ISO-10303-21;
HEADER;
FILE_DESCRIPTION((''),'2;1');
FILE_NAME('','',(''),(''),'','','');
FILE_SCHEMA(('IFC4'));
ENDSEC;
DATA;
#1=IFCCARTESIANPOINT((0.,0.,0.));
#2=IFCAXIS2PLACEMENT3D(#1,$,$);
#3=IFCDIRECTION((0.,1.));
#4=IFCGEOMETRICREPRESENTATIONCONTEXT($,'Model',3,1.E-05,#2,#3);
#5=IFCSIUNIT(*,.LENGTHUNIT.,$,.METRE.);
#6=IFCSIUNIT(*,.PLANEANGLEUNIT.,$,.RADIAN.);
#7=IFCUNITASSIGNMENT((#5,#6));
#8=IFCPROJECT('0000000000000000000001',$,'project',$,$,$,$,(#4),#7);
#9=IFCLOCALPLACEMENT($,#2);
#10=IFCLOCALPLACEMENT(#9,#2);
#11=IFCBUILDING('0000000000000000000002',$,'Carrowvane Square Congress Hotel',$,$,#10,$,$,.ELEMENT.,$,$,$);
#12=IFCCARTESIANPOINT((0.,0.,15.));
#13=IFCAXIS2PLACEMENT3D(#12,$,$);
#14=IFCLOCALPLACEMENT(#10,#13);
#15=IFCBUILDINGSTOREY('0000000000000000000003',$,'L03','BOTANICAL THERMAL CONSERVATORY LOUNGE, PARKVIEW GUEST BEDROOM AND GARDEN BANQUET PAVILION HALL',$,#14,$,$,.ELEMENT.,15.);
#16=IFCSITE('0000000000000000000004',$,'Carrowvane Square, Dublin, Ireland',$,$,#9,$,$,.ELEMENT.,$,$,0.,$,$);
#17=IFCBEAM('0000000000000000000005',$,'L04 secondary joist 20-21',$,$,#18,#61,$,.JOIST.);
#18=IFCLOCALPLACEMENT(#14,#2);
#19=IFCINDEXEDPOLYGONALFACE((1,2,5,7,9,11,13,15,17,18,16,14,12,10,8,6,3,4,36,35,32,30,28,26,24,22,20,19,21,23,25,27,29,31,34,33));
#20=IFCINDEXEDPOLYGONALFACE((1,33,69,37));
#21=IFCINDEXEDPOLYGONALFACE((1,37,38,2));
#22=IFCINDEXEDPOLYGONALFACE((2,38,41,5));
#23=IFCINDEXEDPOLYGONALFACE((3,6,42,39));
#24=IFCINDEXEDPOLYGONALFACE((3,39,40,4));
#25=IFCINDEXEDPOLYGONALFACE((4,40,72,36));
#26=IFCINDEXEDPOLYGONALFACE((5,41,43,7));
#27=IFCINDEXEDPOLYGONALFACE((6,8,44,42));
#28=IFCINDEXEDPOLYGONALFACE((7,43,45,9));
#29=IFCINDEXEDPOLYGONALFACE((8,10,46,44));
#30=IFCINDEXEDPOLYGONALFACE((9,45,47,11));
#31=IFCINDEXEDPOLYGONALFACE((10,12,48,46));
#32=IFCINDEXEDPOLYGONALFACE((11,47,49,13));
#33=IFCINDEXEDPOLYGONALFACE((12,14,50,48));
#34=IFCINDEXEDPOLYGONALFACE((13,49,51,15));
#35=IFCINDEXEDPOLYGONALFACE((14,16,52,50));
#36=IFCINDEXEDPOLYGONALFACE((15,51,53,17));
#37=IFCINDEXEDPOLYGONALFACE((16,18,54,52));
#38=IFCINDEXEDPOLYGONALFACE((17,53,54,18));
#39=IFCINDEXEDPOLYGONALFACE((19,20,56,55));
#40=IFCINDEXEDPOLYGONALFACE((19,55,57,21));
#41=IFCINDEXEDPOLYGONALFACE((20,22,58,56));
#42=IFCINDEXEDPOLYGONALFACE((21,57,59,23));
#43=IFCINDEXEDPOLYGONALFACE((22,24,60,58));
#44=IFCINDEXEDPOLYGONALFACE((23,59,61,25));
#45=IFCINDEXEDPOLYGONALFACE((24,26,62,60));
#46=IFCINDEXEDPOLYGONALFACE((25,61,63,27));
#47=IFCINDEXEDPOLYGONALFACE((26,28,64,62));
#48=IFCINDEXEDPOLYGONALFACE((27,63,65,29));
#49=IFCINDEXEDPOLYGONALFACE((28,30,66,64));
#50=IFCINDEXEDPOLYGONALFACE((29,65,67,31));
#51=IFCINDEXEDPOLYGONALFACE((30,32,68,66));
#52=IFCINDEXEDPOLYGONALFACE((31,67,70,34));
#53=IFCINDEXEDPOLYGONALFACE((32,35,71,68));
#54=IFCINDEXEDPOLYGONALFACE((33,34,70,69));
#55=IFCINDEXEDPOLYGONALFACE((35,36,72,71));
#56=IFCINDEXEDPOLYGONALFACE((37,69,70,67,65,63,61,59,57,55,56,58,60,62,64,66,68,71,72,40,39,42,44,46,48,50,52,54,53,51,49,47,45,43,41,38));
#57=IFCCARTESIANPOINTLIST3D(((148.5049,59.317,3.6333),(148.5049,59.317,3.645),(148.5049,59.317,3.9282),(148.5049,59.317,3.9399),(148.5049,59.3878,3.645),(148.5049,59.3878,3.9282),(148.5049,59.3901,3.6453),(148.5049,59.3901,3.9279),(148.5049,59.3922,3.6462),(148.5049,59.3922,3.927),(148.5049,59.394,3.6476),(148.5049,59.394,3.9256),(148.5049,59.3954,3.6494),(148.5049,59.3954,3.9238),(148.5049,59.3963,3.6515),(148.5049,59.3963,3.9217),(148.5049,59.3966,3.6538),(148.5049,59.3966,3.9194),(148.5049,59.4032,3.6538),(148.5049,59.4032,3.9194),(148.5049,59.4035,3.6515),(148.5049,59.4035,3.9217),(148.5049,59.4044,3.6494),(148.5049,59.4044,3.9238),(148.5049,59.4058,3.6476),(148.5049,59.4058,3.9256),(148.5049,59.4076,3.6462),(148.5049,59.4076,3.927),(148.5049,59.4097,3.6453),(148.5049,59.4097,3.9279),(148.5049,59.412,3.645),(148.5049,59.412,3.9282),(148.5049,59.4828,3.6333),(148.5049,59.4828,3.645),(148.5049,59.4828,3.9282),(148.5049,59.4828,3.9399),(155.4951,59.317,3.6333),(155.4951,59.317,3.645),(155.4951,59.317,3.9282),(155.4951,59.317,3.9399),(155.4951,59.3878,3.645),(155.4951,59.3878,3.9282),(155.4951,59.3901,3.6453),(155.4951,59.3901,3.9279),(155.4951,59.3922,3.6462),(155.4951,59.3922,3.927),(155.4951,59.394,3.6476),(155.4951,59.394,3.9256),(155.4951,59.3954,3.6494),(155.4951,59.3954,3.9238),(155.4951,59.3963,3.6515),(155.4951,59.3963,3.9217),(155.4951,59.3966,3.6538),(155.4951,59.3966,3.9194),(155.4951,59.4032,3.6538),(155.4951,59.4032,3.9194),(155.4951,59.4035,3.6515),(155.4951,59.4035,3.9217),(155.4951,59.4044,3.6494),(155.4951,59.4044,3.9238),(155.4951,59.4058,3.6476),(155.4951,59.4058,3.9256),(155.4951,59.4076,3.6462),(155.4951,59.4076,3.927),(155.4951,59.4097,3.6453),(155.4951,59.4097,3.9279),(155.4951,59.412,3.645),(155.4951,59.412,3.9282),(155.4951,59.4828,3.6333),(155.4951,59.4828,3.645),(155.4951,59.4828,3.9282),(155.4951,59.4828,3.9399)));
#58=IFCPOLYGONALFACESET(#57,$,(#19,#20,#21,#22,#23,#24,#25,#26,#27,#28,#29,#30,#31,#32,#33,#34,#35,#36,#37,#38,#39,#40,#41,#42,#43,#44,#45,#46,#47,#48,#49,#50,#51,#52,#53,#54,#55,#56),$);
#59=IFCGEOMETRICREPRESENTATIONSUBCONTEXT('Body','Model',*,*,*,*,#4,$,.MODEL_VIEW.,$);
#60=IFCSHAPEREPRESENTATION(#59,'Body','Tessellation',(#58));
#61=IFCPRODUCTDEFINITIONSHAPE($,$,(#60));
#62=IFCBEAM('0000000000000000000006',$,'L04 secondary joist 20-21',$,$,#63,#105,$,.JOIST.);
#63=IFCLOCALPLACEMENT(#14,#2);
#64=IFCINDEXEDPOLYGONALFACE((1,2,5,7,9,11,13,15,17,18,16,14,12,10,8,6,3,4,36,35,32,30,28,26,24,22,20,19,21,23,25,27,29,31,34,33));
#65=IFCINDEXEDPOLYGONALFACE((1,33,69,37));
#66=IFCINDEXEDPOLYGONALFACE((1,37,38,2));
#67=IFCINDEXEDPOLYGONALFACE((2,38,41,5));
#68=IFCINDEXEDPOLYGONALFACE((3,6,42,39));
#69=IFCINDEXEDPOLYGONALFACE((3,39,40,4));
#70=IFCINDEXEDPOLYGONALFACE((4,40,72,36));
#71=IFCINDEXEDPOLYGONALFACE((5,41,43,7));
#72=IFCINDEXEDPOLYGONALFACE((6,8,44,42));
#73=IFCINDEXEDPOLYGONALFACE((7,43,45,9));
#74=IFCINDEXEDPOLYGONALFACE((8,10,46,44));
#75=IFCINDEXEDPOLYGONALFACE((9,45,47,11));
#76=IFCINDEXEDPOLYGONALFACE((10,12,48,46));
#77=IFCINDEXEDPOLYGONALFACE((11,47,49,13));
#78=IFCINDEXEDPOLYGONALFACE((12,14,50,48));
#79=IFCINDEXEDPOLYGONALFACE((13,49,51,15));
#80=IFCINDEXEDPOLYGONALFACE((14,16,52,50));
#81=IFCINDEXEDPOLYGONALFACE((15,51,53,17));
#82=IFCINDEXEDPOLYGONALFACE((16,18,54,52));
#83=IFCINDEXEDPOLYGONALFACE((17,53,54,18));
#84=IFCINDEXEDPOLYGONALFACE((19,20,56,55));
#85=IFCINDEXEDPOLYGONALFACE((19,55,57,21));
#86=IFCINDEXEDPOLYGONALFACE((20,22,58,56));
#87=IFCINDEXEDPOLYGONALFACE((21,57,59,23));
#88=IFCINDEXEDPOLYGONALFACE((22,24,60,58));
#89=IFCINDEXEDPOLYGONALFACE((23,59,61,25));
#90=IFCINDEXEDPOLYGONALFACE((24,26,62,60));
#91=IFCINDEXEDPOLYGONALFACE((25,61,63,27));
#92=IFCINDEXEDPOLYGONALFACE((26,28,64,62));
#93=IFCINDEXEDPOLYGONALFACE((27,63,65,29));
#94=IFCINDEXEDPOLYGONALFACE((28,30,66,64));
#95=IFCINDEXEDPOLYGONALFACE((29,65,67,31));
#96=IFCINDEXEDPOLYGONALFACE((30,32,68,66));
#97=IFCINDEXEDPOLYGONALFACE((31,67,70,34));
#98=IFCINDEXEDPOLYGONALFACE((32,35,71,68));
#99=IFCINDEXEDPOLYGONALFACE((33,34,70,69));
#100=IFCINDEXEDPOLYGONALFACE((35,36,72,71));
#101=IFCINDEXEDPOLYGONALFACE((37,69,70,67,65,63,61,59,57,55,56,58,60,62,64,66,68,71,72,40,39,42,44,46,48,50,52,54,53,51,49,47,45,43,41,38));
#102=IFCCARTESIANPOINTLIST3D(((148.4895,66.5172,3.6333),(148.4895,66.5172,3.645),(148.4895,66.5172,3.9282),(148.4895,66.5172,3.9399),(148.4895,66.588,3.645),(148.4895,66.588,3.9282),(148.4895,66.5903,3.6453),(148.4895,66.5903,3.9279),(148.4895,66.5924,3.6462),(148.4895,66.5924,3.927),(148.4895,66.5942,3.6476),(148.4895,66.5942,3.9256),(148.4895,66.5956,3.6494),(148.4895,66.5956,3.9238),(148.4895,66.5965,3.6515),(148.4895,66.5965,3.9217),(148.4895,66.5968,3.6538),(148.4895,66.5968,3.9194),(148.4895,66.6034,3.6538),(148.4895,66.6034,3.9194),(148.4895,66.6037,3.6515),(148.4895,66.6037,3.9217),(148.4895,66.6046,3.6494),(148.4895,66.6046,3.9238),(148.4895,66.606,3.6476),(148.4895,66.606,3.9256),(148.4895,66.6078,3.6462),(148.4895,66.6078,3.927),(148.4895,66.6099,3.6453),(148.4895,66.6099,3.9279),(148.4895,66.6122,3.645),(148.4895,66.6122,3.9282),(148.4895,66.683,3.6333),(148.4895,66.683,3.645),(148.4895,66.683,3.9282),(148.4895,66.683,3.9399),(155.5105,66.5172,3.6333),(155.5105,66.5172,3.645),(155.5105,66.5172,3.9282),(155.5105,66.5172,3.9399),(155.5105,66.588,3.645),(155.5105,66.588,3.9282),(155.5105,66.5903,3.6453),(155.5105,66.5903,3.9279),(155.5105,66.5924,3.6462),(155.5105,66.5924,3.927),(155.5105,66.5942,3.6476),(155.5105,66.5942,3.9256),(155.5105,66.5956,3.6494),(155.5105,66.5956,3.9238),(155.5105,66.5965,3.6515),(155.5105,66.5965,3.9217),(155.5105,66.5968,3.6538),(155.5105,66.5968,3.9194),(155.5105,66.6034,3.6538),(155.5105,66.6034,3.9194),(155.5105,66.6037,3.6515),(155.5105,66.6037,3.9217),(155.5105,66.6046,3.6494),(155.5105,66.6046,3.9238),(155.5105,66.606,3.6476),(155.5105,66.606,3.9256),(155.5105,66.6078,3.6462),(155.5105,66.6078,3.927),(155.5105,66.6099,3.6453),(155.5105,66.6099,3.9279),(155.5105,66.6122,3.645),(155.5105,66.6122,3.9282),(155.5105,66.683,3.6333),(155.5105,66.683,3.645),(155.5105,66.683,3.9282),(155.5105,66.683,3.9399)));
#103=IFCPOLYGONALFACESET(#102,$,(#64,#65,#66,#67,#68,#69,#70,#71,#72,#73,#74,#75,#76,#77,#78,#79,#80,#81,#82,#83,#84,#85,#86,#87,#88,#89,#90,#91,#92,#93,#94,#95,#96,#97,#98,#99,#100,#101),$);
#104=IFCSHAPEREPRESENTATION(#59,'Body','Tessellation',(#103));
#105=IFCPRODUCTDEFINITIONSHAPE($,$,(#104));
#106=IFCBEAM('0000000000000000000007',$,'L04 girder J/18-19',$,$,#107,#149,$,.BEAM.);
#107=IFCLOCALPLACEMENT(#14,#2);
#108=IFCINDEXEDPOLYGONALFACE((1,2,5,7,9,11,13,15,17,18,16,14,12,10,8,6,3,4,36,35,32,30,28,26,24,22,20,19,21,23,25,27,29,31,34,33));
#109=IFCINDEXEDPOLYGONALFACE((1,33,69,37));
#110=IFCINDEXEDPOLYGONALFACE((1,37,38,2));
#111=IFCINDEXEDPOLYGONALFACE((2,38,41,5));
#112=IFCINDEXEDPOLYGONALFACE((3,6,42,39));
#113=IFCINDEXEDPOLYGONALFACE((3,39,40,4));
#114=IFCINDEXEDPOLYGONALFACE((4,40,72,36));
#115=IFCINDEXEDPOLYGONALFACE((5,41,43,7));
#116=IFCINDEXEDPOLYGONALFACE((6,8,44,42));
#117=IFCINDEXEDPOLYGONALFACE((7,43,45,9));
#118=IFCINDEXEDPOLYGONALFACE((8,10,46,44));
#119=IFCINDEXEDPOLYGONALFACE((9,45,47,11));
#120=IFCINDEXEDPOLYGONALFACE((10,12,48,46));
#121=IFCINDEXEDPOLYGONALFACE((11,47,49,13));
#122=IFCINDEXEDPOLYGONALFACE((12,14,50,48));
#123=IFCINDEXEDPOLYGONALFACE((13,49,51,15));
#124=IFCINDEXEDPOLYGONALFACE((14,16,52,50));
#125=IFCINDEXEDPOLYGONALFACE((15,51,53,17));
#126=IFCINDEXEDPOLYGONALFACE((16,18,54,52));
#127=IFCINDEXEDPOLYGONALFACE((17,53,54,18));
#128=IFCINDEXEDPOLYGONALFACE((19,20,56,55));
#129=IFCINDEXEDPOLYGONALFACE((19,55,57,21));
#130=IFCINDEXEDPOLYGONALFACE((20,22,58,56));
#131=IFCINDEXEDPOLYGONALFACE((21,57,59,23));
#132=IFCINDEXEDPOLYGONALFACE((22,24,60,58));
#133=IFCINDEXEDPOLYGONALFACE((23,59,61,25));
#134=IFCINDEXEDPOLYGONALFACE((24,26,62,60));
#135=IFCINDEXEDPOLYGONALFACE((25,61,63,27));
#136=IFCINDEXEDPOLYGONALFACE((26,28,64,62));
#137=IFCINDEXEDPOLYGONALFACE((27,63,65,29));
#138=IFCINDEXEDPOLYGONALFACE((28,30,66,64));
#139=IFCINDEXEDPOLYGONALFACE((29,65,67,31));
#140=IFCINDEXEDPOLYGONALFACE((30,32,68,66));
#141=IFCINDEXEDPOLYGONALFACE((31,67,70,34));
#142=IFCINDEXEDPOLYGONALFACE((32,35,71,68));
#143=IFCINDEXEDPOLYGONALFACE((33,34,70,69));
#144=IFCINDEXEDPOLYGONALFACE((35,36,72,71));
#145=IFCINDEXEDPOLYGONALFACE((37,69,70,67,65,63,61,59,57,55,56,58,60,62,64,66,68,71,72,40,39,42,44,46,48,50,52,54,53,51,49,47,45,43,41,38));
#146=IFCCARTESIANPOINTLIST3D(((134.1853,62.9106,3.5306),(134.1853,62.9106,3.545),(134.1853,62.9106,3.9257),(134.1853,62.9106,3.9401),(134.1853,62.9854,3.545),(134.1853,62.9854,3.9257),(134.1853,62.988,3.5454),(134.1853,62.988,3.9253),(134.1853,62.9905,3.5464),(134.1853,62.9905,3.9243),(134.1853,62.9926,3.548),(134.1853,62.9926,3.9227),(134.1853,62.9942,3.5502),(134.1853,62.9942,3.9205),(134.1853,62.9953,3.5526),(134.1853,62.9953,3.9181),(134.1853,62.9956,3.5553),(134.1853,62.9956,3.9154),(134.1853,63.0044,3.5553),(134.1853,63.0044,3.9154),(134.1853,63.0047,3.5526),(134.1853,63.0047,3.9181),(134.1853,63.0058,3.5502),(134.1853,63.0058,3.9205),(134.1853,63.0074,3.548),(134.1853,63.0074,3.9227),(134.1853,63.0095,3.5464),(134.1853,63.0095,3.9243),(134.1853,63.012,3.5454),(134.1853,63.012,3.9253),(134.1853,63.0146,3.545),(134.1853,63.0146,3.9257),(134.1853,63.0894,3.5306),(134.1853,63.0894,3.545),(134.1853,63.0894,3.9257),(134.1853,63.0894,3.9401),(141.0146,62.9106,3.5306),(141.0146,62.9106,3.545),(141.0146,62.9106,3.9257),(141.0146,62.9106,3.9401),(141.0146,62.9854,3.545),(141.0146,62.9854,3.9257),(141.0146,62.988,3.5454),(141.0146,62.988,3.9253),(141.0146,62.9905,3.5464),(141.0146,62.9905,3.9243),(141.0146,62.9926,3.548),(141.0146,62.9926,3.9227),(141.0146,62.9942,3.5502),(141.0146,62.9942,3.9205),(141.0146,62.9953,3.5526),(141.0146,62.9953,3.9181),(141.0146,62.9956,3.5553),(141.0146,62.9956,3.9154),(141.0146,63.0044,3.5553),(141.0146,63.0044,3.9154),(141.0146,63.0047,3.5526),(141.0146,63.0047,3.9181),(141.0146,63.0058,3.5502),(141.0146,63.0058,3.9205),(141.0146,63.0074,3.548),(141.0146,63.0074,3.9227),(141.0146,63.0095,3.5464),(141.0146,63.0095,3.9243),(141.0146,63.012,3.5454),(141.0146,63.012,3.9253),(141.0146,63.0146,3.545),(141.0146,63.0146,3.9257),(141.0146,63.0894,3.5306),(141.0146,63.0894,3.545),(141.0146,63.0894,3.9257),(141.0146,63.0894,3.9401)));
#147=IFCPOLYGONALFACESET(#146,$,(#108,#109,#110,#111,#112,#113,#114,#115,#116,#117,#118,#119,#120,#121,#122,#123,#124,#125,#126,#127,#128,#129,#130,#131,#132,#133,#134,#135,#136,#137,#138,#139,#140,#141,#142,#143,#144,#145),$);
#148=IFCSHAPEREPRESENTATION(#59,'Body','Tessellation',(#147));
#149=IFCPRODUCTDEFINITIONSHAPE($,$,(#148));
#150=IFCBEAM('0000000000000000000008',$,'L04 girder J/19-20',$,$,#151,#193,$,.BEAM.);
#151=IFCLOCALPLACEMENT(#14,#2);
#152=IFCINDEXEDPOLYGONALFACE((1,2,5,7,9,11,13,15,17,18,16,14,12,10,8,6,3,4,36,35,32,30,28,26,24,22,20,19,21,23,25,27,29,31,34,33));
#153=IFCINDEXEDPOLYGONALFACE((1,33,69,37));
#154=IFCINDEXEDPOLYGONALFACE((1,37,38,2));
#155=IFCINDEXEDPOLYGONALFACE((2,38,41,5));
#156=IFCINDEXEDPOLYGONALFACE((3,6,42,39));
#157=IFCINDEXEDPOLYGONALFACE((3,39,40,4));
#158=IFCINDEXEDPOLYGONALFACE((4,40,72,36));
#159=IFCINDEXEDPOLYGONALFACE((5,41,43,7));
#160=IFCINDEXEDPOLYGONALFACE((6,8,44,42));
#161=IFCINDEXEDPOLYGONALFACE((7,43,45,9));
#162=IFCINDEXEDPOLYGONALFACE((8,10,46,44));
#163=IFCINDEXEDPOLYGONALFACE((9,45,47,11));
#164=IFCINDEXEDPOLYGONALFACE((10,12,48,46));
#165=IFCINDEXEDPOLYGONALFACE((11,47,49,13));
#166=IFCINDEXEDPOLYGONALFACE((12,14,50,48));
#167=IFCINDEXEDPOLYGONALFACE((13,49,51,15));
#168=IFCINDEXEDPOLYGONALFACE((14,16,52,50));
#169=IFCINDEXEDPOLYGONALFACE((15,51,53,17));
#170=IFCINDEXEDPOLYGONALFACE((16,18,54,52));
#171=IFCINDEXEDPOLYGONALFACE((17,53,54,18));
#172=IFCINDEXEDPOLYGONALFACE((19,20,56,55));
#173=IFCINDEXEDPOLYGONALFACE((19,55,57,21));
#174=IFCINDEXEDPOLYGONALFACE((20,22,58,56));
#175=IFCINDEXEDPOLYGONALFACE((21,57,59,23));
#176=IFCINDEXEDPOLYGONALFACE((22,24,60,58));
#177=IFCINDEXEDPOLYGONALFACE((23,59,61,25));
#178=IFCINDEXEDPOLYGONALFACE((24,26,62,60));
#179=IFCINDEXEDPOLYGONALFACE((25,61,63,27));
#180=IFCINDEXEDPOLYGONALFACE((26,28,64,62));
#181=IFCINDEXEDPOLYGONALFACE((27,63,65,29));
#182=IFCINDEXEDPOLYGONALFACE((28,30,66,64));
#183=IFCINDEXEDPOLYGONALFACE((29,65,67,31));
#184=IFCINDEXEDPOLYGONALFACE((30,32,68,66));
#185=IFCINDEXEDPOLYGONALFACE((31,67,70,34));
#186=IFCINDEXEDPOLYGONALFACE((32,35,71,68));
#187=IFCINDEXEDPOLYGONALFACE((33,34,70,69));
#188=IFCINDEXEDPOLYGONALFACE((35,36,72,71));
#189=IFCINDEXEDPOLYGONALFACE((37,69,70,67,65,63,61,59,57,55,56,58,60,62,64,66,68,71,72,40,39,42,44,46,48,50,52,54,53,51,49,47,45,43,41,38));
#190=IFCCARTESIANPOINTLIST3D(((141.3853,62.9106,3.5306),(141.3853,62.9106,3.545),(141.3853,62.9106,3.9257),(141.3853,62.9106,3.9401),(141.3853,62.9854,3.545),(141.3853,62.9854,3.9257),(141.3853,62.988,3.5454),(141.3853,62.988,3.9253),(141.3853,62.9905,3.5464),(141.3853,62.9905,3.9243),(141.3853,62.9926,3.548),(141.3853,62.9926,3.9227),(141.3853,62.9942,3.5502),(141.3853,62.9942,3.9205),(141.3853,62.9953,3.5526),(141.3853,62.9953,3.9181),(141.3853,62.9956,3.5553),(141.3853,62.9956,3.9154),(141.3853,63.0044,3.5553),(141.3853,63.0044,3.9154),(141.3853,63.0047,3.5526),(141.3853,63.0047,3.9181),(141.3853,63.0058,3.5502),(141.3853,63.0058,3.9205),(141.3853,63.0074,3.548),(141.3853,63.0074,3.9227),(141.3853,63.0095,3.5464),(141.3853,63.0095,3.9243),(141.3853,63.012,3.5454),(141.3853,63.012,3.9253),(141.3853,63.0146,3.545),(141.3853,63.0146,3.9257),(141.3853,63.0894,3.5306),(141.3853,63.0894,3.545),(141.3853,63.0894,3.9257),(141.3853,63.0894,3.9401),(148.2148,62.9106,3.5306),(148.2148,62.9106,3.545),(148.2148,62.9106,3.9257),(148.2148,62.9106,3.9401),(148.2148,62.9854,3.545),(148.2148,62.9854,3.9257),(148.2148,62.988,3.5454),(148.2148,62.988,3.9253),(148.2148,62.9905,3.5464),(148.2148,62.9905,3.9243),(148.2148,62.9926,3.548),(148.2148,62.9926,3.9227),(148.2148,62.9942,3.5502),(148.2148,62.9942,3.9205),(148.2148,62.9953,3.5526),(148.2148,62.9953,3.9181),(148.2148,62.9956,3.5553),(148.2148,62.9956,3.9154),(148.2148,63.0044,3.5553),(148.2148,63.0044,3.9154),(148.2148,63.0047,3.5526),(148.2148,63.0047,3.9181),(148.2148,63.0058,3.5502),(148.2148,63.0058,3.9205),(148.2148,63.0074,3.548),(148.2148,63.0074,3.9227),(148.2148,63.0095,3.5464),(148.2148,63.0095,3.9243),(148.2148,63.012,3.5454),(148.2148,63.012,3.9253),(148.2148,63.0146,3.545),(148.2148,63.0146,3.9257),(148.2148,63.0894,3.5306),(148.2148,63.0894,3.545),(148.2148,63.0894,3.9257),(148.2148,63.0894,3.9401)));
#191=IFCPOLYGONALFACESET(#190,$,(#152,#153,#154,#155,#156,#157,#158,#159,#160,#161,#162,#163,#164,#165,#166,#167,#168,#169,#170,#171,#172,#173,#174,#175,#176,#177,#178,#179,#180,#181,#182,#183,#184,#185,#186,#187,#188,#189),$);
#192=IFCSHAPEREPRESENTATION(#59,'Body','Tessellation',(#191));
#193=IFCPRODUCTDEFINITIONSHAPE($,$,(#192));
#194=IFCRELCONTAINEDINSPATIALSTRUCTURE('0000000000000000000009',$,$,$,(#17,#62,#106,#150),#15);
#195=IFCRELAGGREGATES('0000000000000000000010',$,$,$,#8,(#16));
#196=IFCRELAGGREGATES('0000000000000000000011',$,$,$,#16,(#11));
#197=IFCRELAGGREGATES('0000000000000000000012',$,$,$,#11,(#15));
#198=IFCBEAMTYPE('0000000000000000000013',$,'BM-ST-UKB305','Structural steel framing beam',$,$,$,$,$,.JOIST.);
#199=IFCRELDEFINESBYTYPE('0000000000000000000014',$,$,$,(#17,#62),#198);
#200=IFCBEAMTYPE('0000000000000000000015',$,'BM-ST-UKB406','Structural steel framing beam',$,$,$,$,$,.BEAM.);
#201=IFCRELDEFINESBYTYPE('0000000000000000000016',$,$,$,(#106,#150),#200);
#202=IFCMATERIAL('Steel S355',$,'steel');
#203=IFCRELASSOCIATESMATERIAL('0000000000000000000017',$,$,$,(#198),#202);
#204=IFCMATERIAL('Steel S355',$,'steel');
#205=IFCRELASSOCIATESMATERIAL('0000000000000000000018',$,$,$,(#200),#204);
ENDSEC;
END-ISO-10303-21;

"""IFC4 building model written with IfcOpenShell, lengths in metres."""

from ifc_helpers import new_model, si_unit, direction, frame, origin, origin_2d, place, context, subcontext, project, spatial, i_section, extrude, material, material_profile, profile_set, type_object, element, save


model = new_model("IFC4")

# Units and contexts
model_context = context("Model", 3, precision=1e-05, world=origin(), true_north=direction((0.0, 1.0)))
body_context = subcontext(model_context, "Body", "Model", "MODEL_VIEW")
ifc_project = project(units=[si_unit("LENGTHUNIT", "METRE"), si_unit("PLANEANGLEUNIT", "RADIAN")], contexts=[model_context])

# Site, building, storey
site_placement = place(None, origin())
site = spatial("IfcSite", under=ifc_project, at=site_placement, Name="Carrowvane Square, Dublin, Ireland", CompositionType="ELEMENT", RefElevation=0.0)
building_placement = place(site_placement, origin())
building = spatial("IfcBuilding", under=site, at=building_placement, Name="Carrowvane Square Congress Hotel", CompositionType="ELEMENT")
storey_placement = place(building_placement, frame((0.0, 0.0, 15.0)))
storey = spatial("IfcBuildingStorey", under=building, at=storey_placement, Name="L03", Description="BOTANICAL THERMAL CONSERVATORY LOUNGE, PARKVIEW GUEST BEDROOM AND GARDEN BANQUET PAVILION HALL", CompositionType="ELEMENT", Elevation=15.0)

# Beams
ifc_material_1 = material(Name="Steel S355", Category="steel")
ifc_material_profile_1 = material_profile(ifc_material_1, i_section(OverallWidth=0.1658, OverallDepth=0.3066, WebThickness=0.0066, FlangeThickness=0.0117, FilletRadius=0.0088, at=origin_2d()), Name="UKB 305x165x46")
ifc_profile_set_1 = profile_set([ifc_material_profile_1], Name="Steel S355")
beam_type_1 = type_object("IfcBeamType", Name="BM-ST-UKB305", Description="Structural steel framing beam", PredefinedType="JOIST", material=ifc_profile_set_1)
beam_1_placement = place(storey_placement, frame((148.5049, 59.3999, 3.7866), z_axis=(1.0, 0.0, 0.0), x_axis=(0.0, 1.0, 0.0)))
element("IfcBeam", 1, at=beam_1_placement, inside=storey, type_object=beam_type_1, Name="L04 secondary joist 20-21", PredefinedType="JOIST", context=body_context, shape_type="SweptSolid", body=[
    extrude(i_section(OverallWidth=0.1658, OverallDepth=0.3066, WebThickness=0.0066, FlangeThickness=0.0117, FilletRadius=0.0088, at=origin_2d()), origin(), (0.0, 0.0, 1.0), 6.9902),
])
beam_2_placement = place(storey_placement, frame((148.4895, 66.6001, 3.7866), z_axis=(1.0, 0.0, 0.0), x_axis=(0.0, 1.0, 0.0)))
element("IfcBeam", 2, at=beam_2_placement, inside=storey, type_object=beam_type_1, Name="L04 secondary joist 20-21", PredefinedType="JOIST", context=body_context, shape_type="SweptSolid", body=[
    extrude(i_section(OverallWidth=0.1658, OverallDepth=0.3066, WebThickness=0.0066, FlangeThickness=0.0117, FilletRadius=0.0088, at=origin_2d()), origin(), (0.0, 0.0, 1.0), 7.021),
])
ifc_material_2 = material(Name="Steel S355", Category="steel")
ifc_material_profile_2 = material_profile(ifc_material_2, i_section(OverallWidth=0.1787, OverallDepth=0.4094, WebThickness=0.0088, FlangeThickness=0.0144, FilletRadius=0.0103, at=origin_2d()), Name="UKB 406x178x67")
ifc_profile_set_2 = profile_set([ifc_material_profile_2], Name="Steel S355")
beam_type_2 = type_object("IfcBeamType", Name="BM-ST-UKB406", Description="Structural steel framing beam", PredefinedType="BEAM", material=ifc_profile_set_2)
beam_3_placement = place(storey_placement, frame((134.1853, 63.0, 3.7354), z_axis=(1.0, 0.0, 0.0), x_axis=(0.0, 1.0, 0.0)))
element("IfcBeam", 3, at=beam_3_placement, inside=storey, type_object=beam_type_2, Name="L04 girder J/18-19", PredefinedType="BEAM", context=body_context, shape_type="SweptSolid", body=[
    extrude(i_section(OverallWidth=0.1787, OverallDepth=0.4094, WebThickness=0.0088, FlangeThickness=0.0144, FilletRadius=0.0103, at=origin_2d()), origin(), (0.0, 0.0, 1.0), 6.8293),
])
for number, where, z_axis, x_axis, name in (
    (4, (141.3853, 63.0, 3.7354), (1.0, 0.0, 0.0), (0.0, 1.0, 0.0), "L04 girder J/19-20"),
):
    element("IfcBeam", number, at=place(storey_placement, frame(where, z_axis=z_axis, x_axis=x_axis)), inside=storey, type_object=beam_type_2, Name=name, PredefinedType="BEAM", context=body_context, shape_type="SweptSolid", body=[
        extrude(i_section(OverallWidth=0.1787, OverallDepth=0.4094, WebThickness=0.0088, FlangeThickness=0.0144, FilletRadius=0.0103, at=origin_2d()), origin(), (0.0, 0.0, 1.0), 6.8296),
    ])

save(model, "model.ifc")
